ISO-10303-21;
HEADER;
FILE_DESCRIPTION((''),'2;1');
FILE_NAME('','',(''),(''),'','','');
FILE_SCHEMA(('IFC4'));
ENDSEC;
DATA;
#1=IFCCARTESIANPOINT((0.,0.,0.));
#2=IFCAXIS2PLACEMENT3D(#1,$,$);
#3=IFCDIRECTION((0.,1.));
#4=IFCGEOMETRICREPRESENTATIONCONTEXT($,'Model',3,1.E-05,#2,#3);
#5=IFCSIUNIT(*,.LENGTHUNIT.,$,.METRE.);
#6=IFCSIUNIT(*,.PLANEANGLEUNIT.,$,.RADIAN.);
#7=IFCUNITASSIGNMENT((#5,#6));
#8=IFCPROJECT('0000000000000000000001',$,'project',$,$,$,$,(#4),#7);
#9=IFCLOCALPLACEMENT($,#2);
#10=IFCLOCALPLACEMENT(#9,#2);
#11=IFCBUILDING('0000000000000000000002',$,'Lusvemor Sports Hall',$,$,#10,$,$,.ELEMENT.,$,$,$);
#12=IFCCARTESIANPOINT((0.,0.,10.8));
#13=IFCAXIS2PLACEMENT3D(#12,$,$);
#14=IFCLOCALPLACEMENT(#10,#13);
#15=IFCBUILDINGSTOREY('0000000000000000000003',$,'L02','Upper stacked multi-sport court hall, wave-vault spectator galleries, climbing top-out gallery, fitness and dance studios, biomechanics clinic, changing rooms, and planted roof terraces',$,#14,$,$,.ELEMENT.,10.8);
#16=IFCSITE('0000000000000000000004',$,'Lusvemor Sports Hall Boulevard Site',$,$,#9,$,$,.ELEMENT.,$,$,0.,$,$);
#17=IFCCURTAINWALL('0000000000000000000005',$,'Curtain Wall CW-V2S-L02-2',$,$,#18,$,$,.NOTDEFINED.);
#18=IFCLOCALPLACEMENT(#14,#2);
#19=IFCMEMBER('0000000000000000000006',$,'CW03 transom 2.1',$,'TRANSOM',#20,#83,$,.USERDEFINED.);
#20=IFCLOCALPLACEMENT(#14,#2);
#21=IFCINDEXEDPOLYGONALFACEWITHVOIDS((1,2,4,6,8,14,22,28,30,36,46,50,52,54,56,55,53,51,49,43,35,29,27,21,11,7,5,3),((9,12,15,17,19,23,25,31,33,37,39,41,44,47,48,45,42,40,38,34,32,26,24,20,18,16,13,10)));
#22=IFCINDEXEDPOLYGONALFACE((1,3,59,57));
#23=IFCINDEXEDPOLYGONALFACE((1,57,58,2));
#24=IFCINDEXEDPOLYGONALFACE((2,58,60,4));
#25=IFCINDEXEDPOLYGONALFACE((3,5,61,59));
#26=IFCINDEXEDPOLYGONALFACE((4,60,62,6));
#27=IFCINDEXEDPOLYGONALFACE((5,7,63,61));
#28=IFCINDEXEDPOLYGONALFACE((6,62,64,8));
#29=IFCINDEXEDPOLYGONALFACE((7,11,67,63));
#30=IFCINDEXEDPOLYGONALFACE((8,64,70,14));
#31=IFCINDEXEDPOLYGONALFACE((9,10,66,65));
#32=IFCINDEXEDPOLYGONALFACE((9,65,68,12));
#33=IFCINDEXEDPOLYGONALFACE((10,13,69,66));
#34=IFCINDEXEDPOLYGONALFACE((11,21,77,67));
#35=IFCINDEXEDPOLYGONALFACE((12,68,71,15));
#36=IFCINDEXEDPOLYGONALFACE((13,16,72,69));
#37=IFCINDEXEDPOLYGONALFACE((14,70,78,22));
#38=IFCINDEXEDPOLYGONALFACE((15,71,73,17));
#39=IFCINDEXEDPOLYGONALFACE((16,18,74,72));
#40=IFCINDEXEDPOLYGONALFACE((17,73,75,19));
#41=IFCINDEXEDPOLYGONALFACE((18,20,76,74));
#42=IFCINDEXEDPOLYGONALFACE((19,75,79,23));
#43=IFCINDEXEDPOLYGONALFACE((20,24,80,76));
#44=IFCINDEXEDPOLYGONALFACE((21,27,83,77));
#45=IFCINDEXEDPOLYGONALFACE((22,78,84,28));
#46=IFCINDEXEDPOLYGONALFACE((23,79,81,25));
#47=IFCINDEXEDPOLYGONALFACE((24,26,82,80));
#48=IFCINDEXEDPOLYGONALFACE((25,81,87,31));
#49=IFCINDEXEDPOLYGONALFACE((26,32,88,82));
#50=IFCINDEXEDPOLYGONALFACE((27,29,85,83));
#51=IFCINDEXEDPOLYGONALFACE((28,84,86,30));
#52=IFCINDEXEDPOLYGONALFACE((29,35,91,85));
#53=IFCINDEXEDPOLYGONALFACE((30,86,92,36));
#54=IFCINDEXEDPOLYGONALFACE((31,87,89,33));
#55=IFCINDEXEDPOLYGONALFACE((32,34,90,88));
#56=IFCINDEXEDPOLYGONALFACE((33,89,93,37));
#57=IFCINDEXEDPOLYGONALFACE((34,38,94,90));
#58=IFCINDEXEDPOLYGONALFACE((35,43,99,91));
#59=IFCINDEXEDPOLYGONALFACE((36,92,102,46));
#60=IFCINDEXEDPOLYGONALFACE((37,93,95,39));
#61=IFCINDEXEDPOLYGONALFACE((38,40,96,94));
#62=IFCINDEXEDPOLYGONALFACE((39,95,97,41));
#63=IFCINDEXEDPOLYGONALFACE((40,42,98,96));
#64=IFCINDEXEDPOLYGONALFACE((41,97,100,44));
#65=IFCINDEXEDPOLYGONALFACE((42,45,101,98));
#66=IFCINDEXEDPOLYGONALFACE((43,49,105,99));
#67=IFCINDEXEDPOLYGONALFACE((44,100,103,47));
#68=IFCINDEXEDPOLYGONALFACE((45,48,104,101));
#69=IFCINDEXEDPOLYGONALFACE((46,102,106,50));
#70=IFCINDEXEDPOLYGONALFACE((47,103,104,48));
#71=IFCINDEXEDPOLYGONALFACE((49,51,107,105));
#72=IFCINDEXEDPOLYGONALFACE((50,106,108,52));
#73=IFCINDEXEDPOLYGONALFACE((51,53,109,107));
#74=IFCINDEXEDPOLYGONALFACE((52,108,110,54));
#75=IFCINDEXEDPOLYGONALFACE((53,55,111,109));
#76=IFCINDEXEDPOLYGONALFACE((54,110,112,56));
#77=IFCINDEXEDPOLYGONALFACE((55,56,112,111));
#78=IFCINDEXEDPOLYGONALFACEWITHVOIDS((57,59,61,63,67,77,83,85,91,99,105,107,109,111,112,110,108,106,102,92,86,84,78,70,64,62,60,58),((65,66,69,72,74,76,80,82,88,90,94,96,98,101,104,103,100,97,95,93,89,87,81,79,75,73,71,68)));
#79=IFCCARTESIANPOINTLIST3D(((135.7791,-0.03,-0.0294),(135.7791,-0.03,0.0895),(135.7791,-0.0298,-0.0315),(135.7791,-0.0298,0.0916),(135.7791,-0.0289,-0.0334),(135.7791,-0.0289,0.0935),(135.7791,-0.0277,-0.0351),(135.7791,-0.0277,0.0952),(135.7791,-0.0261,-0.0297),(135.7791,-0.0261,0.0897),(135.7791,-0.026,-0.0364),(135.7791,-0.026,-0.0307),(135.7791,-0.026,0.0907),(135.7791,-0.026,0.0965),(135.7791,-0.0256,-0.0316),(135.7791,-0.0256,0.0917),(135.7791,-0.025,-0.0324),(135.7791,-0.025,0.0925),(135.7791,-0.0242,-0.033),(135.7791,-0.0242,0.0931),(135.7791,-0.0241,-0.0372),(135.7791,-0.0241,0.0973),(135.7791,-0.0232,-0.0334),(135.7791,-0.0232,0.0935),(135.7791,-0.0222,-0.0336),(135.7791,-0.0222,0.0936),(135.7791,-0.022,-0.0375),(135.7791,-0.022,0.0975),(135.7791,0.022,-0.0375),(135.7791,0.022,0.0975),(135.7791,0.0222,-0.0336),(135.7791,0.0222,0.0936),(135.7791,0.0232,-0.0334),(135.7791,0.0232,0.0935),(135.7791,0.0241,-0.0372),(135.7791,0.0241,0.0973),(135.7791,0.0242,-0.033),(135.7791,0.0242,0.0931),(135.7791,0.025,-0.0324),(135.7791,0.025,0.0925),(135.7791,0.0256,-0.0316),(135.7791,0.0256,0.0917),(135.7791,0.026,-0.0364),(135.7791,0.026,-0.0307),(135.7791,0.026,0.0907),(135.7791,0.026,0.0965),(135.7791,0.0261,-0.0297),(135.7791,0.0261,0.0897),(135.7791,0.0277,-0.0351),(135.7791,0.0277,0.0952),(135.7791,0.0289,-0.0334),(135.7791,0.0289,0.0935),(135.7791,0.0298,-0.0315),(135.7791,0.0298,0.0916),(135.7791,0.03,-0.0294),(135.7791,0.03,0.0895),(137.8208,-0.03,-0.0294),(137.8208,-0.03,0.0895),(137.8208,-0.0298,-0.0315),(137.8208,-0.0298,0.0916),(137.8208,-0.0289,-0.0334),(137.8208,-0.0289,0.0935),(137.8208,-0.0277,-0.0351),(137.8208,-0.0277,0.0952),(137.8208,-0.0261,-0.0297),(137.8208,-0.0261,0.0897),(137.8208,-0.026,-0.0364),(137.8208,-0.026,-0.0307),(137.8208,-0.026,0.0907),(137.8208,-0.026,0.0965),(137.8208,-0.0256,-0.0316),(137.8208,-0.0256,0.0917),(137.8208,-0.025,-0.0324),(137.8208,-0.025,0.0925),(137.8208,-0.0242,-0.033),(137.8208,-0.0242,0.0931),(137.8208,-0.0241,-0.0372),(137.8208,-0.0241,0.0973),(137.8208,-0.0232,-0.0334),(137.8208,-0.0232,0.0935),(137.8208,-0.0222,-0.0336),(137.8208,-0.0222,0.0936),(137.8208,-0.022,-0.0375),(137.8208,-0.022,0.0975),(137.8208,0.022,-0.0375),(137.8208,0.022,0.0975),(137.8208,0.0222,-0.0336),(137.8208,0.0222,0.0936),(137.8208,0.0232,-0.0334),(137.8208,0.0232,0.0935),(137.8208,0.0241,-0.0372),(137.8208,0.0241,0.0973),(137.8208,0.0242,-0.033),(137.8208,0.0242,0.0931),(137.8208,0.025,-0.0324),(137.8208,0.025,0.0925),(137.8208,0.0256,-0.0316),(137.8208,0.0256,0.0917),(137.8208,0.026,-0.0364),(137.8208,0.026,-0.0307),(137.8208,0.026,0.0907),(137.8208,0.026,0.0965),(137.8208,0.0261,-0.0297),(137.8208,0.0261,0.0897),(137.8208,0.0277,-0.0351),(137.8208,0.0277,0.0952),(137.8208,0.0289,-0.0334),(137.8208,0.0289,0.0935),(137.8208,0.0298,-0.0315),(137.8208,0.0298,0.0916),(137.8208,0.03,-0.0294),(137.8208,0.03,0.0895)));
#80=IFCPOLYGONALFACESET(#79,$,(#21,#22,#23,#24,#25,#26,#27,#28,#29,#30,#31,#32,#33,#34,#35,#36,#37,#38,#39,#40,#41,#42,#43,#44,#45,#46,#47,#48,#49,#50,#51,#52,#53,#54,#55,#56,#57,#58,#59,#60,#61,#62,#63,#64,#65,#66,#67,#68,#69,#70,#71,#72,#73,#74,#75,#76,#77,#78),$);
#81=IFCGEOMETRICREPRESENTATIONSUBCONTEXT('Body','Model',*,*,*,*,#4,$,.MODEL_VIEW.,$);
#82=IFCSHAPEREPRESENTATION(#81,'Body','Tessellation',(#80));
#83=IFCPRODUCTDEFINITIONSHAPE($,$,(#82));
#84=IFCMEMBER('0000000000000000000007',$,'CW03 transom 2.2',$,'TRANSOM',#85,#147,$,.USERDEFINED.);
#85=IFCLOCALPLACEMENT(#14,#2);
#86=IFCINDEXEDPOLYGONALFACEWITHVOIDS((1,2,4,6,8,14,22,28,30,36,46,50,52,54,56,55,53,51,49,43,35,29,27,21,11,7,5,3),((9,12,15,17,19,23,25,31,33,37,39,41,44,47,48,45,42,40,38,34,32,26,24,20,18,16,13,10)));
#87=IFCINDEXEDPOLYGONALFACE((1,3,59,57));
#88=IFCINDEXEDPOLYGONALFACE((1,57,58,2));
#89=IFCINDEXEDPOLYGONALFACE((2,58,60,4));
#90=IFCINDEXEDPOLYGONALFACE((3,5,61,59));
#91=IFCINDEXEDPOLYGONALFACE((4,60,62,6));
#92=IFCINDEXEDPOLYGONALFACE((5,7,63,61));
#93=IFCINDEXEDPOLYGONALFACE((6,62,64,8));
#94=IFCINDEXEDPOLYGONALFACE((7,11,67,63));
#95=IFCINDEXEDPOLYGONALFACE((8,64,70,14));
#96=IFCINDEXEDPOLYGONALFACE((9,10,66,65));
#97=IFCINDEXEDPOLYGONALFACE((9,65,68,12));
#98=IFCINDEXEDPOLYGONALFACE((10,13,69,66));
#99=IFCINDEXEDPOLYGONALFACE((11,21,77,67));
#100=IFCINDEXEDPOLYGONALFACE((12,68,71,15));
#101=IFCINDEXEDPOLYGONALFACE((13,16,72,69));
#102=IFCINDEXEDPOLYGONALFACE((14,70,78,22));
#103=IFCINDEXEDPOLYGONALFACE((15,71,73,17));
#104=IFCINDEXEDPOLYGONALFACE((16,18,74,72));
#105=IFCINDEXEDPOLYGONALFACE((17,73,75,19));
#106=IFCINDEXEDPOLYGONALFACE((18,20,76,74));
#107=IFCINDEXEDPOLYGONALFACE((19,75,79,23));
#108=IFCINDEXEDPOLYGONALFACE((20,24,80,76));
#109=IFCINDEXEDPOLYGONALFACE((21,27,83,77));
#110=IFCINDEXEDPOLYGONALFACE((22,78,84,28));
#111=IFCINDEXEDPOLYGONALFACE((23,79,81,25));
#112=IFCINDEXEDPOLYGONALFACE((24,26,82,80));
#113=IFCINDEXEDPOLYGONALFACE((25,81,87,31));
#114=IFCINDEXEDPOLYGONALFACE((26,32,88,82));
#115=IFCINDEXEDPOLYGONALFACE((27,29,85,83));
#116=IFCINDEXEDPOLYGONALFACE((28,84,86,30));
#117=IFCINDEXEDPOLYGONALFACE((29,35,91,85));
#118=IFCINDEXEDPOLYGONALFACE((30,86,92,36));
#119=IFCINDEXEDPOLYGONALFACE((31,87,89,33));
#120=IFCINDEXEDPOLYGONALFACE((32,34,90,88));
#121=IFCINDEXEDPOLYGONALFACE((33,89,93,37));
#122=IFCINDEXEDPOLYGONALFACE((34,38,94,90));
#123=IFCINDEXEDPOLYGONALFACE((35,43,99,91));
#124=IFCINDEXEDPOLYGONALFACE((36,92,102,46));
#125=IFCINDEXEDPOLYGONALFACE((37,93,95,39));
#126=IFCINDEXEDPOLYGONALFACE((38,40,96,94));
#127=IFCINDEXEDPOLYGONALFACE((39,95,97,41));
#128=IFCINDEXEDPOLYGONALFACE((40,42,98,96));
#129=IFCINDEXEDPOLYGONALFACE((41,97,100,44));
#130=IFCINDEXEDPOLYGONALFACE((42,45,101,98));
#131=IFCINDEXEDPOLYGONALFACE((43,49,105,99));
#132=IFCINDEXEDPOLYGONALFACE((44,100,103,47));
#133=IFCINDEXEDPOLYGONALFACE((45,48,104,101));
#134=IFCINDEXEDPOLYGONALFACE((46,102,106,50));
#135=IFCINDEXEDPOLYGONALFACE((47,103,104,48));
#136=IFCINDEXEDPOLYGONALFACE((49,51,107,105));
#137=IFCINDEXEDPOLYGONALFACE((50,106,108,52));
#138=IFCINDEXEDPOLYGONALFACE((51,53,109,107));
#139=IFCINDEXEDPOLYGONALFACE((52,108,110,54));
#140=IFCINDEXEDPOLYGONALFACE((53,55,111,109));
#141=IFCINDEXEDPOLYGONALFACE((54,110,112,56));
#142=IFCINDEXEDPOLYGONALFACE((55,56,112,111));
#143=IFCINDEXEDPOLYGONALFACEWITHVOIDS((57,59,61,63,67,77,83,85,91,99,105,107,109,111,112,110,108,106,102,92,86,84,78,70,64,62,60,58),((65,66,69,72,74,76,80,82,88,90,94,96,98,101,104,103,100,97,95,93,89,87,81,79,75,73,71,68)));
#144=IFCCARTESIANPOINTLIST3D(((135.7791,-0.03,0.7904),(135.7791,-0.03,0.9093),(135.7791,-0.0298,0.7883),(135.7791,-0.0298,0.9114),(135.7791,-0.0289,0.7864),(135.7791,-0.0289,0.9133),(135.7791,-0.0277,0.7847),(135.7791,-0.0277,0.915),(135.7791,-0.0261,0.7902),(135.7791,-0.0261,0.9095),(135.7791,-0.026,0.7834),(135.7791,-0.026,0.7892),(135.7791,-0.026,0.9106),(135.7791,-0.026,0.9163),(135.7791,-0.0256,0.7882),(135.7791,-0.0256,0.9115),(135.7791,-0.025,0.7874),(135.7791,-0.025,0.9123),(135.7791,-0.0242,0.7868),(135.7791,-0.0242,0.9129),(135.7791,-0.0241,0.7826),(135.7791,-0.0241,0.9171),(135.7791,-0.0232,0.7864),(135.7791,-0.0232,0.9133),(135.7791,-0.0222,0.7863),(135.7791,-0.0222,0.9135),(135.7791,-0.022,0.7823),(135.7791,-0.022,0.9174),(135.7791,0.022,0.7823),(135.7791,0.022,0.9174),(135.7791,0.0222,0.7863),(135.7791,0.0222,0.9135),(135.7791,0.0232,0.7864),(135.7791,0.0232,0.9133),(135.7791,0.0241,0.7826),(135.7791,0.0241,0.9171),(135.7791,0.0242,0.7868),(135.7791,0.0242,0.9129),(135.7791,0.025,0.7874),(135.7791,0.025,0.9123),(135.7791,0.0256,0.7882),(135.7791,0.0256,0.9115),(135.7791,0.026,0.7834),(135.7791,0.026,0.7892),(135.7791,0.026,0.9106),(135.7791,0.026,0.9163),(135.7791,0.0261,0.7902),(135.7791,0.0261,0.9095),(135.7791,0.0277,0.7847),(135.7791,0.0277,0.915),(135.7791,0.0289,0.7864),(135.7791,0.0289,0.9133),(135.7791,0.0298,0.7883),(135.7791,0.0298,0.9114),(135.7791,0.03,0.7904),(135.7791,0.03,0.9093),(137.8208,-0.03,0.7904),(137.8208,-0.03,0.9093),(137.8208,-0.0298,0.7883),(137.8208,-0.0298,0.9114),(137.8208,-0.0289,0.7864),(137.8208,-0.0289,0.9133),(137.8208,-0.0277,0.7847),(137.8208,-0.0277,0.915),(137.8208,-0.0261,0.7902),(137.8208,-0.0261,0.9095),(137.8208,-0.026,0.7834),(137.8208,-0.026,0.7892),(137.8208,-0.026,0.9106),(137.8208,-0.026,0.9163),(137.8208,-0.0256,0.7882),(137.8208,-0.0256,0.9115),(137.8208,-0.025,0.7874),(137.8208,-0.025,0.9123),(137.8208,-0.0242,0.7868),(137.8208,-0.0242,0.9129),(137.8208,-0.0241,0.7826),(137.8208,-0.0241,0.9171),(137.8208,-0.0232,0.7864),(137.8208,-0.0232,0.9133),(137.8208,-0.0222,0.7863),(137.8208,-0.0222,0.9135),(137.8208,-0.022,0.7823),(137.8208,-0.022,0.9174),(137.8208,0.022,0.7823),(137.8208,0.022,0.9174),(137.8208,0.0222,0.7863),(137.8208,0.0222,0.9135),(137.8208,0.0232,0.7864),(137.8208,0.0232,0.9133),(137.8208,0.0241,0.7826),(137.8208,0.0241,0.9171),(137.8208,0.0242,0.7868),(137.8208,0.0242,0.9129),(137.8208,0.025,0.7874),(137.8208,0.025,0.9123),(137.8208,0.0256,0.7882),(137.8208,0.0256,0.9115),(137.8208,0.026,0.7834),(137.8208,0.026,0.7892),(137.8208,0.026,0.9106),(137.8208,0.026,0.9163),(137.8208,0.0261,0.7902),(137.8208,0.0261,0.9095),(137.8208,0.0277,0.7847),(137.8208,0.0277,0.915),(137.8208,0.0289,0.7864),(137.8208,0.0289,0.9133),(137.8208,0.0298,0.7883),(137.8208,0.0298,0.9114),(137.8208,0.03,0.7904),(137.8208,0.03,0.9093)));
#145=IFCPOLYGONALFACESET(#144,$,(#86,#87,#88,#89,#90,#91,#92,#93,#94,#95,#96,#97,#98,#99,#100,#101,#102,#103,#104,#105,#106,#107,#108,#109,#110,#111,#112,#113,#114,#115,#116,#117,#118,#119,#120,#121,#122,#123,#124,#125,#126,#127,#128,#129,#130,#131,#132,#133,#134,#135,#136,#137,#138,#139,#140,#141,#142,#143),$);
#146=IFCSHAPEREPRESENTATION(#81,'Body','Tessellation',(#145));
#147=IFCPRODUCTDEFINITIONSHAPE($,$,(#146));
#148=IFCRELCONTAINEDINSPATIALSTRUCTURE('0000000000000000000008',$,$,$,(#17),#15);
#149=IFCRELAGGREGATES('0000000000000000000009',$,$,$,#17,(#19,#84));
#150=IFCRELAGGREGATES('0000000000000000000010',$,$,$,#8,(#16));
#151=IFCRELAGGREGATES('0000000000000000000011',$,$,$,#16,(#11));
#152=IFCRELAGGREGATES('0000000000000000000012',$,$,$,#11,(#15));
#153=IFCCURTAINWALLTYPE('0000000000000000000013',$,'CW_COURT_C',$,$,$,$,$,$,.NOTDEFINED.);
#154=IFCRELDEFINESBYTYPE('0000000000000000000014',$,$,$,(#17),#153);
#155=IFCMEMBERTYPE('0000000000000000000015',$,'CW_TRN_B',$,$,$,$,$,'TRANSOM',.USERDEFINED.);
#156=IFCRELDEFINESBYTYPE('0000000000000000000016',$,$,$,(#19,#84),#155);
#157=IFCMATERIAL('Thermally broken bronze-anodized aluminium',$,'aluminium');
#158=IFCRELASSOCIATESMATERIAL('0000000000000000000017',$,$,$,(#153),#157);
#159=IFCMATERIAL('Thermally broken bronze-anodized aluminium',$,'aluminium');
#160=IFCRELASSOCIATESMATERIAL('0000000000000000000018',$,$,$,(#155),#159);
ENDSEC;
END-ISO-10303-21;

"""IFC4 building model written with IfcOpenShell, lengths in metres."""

from ifc_helpers import new_model, si_unit, direction, frame, origin, origin_2d, place, context, subcontext, project, spatial, hollow_rectangle, extrude, material, material_profile, profile_set, type_object, element, aggregate, save


model = new_model("IFC4")

# Units and contexts
model_context = context("Model", 3, precision=1e-05, world=origin(), true_north=direction((0.0, 1.0)))
body_context = subcontext(model_context, "Body", "Model", "MODEL_VIEW")
ifc_project = project(units=[si_unit("LENGTHUNIT", "METRE"), si_unit("PLANEANGLEUNIT", "RADIAN")], contexts=[model_context])

# Site, building, storey
site_placement = place(None, origin())
site = spatial("IfcSite", under=ifc_project, at=site_placement, Name="Lusvemor Sports Hall Boulevard Site", CompositionType="ELEMENT", RefElevation=0.0)
building_placement = place(site_placement, origin())
building = spatial("IfcBuilding", under=site, at=building_placement, Name="Lusvemor Sports Hall", CompositionType="ELEMENT")
storey_placement = place(building_placement, frame((0.0, 0.0, 10.8)))
storey = spatial("IfcBuildingStorey", under=building, at=storey_placement, Name="L02", Description="Upper stacked multi-sport court hall, wave-vault spectator galleries, climbing top-out gallery, fitness and dance studios, biomechanics clinic, changing rooms, and planted roof terraces", CompositionType="ELEMENT", Elevation=10.8)

# Shared definitions
ifc_material_1 = material(Name="Thermally broken bronze-anodized aluminium", Category="aluminium")
curtain_wall_type = type_object("IfcCurtainWallType", Name="CW_COURT_C", PredefinedType="NOTDEFINED", material=ifc_material_1)

# Curtain wall
curtain_wall_1_placement = place(storey_placement, origin())
curtain_wall_1 = element("IfcCurtainWall", 1, at=curtain_wall_1_placement, inside=storey, type_object=curtain_wall_type, Name="Curtain Wall CW-V2S-L02-2", PredefinedType="NOTDEFINED")

# Members
ifc_material_2 = material(Name="Thermally broken bronze-anodized aluminium", Category="aluminium")
ifc_material_profile_1 = material_profile(ifc_material_2, hollow_rectangle(XDim=0.0601, YDim=0.135, WallThickness=0.0039, InnerFilletRadius=0.0039, OuterFilletRadius=0.0081, at=origin_2d()), Name="CWTRN135x60x4")
ifc_profile_set_1 = profile_set([ifc_material_profile_1], Name="Thermally broken bronze-anodized aluminium")
member_type_1 = type_object("IfcMemberType", Name="CW_TRN_B", ElementType="TRANSOM", PredefinedType="USERDEFINED", material=ifc_profile_set_1)
member_1_placement = place(storey_placement, frame((137.8208, 0.0, 0.03), z_axis=(-1.0, 0.0, 0.0), x_axis=(0.0, -1.0, 0.0)))
member_1 = element("IfcMember", 2, at=member_1_placement, type_object=member_type_1, Name="CW03 transom 2.1", ObjectType="TRANSOM", PredefinedType="USERDEFINED", context=body_context, shape_type="SweptSolid", body=[
    extrude(hollow_rectangle(XDim=0.0601, YDim=0.135, WallThickness=0.0039, InnerFilletRadius=0.0039, OuterFilletRadius=0.0081, at=origin_2d()), origin(), (0.0, 0.0, 1.0), 2.0417),
])
member_2_placement = place(storey_placement, frame((137.8208, 0.0, 0.8499), z_axis=(-1.0, 0.0, 0.0), x_axis=(0.0, -1.0, 0.0)))
member_2 = element("IfcMember", 3, at=member_2_placement, type_object=member_type_1, Name="CW03 transom 2.2", ObjectType="TRANSOM", PredefinedType="USERDEFINED", context=body_context, shape_type="SweptSolid", body=[
    extrude(hollow_rectangle(XDim=0.0601, YDim=0.135, WallThickness=0.0039, InnerFilletRadius=0.0039, OuterFilletRadius=0.0081, at=origin_2d()), origin(), (0.0, 0.0, 1.0), 2.0417),
])

aggregate(curtain_wall_1, [member_1, member_2])

save(model, "model.ifc")
